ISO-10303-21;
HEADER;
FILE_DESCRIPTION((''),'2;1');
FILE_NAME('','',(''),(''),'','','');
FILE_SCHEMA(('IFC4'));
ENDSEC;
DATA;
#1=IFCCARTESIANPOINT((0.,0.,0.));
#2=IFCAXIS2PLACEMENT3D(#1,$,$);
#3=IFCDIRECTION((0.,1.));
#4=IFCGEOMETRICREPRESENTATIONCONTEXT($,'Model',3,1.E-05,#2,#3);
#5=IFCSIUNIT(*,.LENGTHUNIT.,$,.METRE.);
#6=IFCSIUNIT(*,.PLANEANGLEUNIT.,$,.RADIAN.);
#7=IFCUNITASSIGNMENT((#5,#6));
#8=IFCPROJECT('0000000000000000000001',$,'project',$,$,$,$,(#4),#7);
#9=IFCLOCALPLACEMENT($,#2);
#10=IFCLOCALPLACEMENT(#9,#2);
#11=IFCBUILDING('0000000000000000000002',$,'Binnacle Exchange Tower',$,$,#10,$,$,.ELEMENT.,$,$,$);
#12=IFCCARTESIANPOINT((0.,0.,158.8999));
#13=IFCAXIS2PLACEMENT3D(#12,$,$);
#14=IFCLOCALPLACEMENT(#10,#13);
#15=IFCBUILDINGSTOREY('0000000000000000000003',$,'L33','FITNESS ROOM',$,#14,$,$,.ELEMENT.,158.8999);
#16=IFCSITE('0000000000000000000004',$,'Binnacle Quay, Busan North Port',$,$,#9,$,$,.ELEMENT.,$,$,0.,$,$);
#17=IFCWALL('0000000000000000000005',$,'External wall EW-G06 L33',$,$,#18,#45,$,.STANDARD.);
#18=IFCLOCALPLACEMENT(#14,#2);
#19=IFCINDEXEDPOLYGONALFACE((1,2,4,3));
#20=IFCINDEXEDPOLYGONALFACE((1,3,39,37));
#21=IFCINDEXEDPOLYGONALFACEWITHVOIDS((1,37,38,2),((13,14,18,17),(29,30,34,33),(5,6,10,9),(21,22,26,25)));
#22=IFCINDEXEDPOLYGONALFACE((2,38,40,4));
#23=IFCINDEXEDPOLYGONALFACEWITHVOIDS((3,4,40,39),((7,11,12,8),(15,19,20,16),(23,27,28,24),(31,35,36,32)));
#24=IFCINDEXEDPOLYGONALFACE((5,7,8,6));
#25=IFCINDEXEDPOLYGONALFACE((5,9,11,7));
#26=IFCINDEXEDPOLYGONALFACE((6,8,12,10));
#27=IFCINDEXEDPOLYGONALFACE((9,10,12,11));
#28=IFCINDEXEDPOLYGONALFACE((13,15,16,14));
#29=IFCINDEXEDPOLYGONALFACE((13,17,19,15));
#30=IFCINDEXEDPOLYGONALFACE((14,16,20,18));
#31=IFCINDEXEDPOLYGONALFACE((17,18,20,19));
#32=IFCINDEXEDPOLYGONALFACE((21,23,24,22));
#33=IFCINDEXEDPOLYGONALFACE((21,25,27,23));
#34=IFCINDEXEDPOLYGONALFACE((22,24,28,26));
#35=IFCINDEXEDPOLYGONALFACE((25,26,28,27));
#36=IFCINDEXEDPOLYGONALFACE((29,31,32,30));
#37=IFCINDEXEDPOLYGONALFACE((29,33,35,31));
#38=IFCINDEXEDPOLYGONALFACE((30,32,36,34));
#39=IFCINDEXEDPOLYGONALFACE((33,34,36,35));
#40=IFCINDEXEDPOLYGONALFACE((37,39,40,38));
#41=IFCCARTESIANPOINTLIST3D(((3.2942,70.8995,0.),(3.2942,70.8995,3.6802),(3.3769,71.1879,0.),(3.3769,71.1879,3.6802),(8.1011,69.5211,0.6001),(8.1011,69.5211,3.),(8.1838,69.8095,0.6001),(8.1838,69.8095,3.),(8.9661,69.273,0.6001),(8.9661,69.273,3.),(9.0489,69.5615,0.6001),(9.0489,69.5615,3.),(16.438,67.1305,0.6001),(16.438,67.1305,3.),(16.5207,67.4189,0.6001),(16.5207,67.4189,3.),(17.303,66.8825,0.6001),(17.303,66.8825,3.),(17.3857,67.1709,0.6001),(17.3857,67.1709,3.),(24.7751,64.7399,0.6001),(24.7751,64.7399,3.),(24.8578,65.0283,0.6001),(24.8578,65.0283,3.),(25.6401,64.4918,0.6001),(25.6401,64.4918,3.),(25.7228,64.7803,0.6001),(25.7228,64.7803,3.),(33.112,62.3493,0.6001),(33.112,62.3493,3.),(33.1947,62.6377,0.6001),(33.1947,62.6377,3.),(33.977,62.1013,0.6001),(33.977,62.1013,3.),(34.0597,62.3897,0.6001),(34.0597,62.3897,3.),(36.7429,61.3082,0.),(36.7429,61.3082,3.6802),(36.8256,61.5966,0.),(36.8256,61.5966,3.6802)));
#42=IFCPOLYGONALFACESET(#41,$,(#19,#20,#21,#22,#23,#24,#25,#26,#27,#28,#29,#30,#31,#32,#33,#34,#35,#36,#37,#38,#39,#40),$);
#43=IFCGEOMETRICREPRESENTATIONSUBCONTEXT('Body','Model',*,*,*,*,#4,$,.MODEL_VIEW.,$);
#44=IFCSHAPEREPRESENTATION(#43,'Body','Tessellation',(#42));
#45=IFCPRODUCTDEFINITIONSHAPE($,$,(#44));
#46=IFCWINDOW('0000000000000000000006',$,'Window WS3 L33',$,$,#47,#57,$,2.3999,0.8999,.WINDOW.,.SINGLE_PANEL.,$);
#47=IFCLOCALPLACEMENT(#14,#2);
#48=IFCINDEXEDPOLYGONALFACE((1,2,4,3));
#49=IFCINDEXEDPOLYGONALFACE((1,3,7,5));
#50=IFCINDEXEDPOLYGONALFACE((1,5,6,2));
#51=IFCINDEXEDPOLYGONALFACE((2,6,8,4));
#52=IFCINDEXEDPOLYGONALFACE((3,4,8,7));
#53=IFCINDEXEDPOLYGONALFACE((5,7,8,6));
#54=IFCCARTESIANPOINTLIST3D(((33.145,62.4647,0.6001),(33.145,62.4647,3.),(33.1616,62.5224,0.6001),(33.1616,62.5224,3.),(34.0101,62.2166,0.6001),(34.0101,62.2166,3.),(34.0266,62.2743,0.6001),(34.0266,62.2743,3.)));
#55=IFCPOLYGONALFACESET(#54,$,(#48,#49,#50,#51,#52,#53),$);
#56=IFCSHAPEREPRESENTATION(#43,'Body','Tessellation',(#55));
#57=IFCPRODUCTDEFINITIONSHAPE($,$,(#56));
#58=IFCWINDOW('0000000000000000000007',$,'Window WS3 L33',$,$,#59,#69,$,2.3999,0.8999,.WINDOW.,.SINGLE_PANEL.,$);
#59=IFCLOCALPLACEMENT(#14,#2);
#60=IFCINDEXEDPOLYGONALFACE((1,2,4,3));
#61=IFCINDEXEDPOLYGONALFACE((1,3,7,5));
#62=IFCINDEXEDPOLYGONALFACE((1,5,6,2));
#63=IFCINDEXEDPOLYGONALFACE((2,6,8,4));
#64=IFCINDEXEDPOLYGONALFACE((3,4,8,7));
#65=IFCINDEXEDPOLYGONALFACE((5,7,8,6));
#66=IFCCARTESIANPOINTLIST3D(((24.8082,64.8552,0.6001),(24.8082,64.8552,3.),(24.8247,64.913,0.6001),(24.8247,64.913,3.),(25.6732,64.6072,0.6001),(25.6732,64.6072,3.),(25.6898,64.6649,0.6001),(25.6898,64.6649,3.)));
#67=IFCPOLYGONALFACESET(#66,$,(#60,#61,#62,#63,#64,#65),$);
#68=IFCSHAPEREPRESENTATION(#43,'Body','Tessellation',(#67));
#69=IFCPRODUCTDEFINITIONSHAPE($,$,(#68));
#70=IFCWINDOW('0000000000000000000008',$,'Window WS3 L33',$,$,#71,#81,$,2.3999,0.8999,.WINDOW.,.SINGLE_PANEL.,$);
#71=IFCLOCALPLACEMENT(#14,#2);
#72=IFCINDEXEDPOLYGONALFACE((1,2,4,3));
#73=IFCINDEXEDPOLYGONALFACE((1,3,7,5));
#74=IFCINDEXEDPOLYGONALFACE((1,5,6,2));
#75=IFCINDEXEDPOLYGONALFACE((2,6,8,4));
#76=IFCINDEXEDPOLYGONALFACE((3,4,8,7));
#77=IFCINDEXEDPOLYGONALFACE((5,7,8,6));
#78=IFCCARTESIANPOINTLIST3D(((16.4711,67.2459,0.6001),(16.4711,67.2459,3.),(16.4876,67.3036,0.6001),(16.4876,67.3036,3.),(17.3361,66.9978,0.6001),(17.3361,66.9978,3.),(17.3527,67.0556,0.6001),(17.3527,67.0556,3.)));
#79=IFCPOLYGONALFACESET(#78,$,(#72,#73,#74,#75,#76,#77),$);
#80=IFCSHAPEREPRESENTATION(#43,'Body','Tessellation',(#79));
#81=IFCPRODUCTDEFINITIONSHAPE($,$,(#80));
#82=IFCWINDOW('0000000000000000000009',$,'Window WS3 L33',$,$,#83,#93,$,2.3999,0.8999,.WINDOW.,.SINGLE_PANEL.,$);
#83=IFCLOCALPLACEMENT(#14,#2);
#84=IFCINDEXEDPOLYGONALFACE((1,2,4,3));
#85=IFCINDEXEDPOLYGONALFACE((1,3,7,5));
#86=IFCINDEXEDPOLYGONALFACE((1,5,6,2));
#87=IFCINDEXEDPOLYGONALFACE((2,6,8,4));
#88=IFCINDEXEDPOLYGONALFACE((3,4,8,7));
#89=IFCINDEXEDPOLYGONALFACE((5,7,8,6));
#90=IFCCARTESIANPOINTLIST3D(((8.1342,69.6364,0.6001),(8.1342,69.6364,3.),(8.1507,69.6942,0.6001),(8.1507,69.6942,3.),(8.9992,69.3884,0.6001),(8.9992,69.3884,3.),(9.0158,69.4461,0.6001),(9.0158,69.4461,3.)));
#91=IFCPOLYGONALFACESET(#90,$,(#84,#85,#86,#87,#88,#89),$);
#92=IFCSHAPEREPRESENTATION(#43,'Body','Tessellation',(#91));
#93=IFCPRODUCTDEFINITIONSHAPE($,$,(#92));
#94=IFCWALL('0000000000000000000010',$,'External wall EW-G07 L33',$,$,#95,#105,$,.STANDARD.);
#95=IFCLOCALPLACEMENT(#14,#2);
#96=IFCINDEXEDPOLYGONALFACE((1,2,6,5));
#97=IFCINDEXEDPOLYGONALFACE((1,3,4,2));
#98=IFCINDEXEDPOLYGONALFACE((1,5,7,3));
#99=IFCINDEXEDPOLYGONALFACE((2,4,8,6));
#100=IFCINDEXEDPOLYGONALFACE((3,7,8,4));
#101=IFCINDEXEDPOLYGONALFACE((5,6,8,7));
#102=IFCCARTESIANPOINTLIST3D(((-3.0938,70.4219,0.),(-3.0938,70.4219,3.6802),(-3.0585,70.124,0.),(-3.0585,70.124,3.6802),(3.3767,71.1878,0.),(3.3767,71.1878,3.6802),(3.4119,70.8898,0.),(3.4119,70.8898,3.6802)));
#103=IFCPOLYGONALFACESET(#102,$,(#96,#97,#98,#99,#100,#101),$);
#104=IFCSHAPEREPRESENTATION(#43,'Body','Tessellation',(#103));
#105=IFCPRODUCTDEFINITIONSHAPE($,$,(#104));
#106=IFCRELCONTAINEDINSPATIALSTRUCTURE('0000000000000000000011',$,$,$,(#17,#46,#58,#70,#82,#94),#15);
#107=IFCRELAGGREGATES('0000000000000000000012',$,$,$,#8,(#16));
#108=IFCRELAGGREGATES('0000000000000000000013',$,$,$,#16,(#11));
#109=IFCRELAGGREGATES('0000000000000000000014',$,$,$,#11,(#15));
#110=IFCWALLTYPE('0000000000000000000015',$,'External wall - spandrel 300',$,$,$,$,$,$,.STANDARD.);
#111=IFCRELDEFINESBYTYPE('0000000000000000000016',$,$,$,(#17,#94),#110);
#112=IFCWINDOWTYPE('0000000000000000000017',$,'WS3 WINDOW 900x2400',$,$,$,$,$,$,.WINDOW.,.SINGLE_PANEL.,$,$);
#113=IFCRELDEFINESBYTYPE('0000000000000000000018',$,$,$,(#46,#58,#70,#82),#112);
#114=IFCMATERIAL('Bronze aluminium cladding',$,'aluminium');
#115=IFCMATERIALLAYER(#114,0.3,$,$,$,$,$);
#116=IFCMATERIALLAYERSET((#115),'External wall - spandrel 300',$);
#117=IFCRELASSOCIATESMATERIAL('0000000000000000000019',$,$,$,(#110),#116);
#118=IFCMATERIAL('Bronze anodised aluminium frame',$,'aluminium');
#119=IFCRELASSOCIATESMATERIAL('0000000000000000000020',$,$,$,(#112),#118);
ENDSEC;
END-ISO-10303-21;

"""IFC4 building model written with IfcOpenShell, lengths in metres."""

from ifc_helpers import new_model, si_unit, direction, frame, frame_2d, origin, place, context, subcontext, project, spatial, rectangle, extrude, material, layer, layer_set, type_object, element, fill, save


model = new_model("IFC4")

# Units and contexts
model_context = context("Model", 3, precision=1e-05, world=origin(), true_north=direction((0.0, 1.0)))
body_context = subcontext(model_context, "Body", "Model", "MODEL_VIEW")
ifc_project = project(units=[si_unit("LENGTHUNIT", "METRE"), si_unit("PLANEANGLEUNIT", "RADIAN")], contexts=[model_context])

# Site, building, storey
site_placement = place(None, origin())
site = spatial("IfcSite", under=ifc_project, at=site_placement, Name="Binnacle Quay, Busan North Port", CompositionType="ELEMENT", RefElevation=0.0)
building_placement = place(site_placement, origin())
building = spatial("IfcBuilding", under=site, at=building_placement, Name="Binnacle Exchange Tower", CompositionType="ELEMENT")
storey_placement = place(building_placement, frame((0.0, 0.0, 158.8999)))
storey = spatial("IfcBuildingStorey", under=building, at=storey_placement, Name="L33", Description="FITNESS ROOM", CompositionType="ELEMENT", Elevation=158.8999)

# Wall, openings, windows
ifc_material_1 = material(Name="Bronze aluminium cladding", Category="aluminium")
ifc_layer = layer(ifc_material_1, 0.3)
ifc_layer_set = layer_set([ifc_layer], Name="External wall - spandrel 300")
wall_type = type_object("IfcWallType", Name="External wall - spandrel 300", PredefinedType="STANDARD", material=ifc_layer_set)
wall_1_placement = place(storey_placement, frame((3.3354, 71.0437, 0.0), z_axis=(0.0, 0.0, 1.0), x_axis=(0.961261, -0.275638, 0.0)))
wall_1 = element("IfcWall", 1, at=wall_1_placement, inside=storey, type_object=wall_type, Name="External wall EW-G06 L33", PredefinedType="STANDARD", context=body_context, shape_type="SweptSolid", body=[
    extrude(rectangle(XDim=34.7966, YDim=0.3, at=frame_2d((17.3984, 0.0))), origin(), (0.0, 0.0, 1.0), 3.6802),
])
opening_1_placement = place(wall_1_placement, frame((31.0195, 0.0, 0.6001)))
opening_1 = element("IfcOpeningElement", 2, at=opening_1_placement, cuts=wall_1, PredefinedType="OPENING", context=body_context, shape_type="SweptSolid", body=[
    extrude(rectangle(XDim=0.8999, YDim=2.3999, at=frame_2d((0.45, 1.2))), frame((0.0, 0.1599, 0.0), z_axis=(0.0, -1.0, 0.0), x_axis=(1.0, 0.0, 0.0)), (0.0, 0.0, 1.0), 0.3201),
])
opening_2_placement = place(wall_1_placement, frame((22.3467, 0.0, 0.6001)))
opening_2 = element("IfcOpeningElement", 3, at=opening_2_placement, cuts=wall_1, PredefinedType="OPENING", context=body_context, shape_type="SweptSolid", body=[
    extrude(rectangle(XDim=0.8999, YDim=2.3999, at=frame_2d((0.45, 1.2))), frame((0.0, 0.1599, 0.0), z_axis=(0.0, -1.0, 0.0), x_axis=(1.0, 0.0, 0.0)), (0.0, 0.0, 1.0), 0.3201),
])
opening_3_placement = place(wall_1_placement, frame((13.6736, 0.0, 0.6001)))
opening_3 = element("IfcOpeningElement", 4, at=opening_3_placement, cuts=wall_1, PredefinedType="OPENING", context=body_context, shape_type="SweptSolid", body=[
    extrude(rectangle(XDim=0.8999, YDim=2.3999, at=frame_2d((0.45, 1.2))), frame((0.0, 0.1599, 0.0), z_axis=(0.0, -1.0, 0.0), x_axis=(1.0, 0.0, 0.0)), (0.0, 0.0, 1.0), 0.3201),
])
opening_4_placement = place(wall_1_placement, frame((5.0007, 0.0, 0.6001)))
opening_4 = element("IfcOpeningElement", 5, at=opening_4_placement, cuts=wall_1, PredefinedType="OPENING", context=body_context, shape_type="SweptSolid", body=[
    extrude(rectangle(XDim=0.8999, YDim=2.3999, at=frame_2d((0.45, 1.2))), frame((0.0, 0.1599, 0.0), z_axis=(0.0, -1.0, 0.0), x_axis=(1.0, 0.0, 0.0)), (0.0, 0.0, 1.0), 0.3201),
])
ifc_material_2 = material(Name="Bronze anodised aluminium frame", Category="aluminium")
window_type = type_object("IfcWindowType", Name="WS3 WINDOW 900x2400", PartitioningType="SINGLE_PANEL", PredefinedType="WINDOW", material=ifc_material_2)
window_1_placement = place(opening_1_placement, origin())
window_1 = element("IfcWindow", 6, at=window_1_placement, inside=storey, type_object=window_type, Name="Window WS3 L33", OverallHeight=2.3999, OverallWidth=0.8999, PartitioningType="SINGLE_PANEL", PredefinedType="WINDOW", context=body_context, shape_type="SweptSolid", body=[
    extrude(rectangle(XDim=0.8999, YDim=2.3999, at=frame_2d((0.45, 1.2))), frame((0.0, 0.03, 0.0), z_axis=(0.0, -1.0, 0.0), x_axis=(1.0, 0.0, 0.0)), (0.0, 0.0, 1.0), 0.0601),
])
fill(opening_1, window_1)
window_2_placement = place(opening_2_placement, origin())
window_2 = element("IfcWindow", 7, at=window_2_placement, inside=storey, type_object=window_type, Name="Window WS3 L33", OverallHeight=2.3999, OverallWidth=0.8999, PartitioningType="SINGLE_PANEL", PredefinedType="WINDOW", context=body_context, shape_type="SweptSolid", body=[
    extrude(rectangle(XDim=0.8999, YDim=2.3999, at=frame_2d((0.45, 1.2))), frame((0.0, 0.03, 0.0), z_axis=(0.0, -1.0, 0.0), x_axis=(1.0, 0.0, 0.0)), (0.0, 0.0, 1.0), 0.0601),
])
fill(opening_2, window_2)
window_3_placement = place(opening_3_placement, origin())
window_3 = element("IfcWindow", 8, at=window_3_placement, inside=storey, type_object=window_type, Name="Window WS3 L33", OverallHeight=2.3999, OverallWidth=0.8999, PartitioningType="SINGLE_PANEL", PredefinedType="WINDOW", context=body_context, shape_type="SweptSolid", body=[
    extrude(rectangle(XDim=0.8999, YDim=2.3999, at=frame_2d((0.45, 1.2))), frame((0.0, 0.03, 0.0), z_axis=(0.0, -1.0, 0.0), x_axis=(1.0, 0.0, 0.0)), (0.0, 0.0, 1.0), 0.0601),
])
fill(opening_3, window_3)
window_4_placement = place(opening_4_placement, origin())
window_4 = element("IfcWindow", 9, at=window_4_placement, inside=storey, type_object=window_type, Name="Window WS3 L33", OverallHeight=2.3999, OverallWidth=0.8999, PartitioningType="SINGLE_PANEL", PredefinedType="WINDOW", context=body_context, shape_type="SweptSolid", body=[
    extrude(rectangle(XDim=0.8999, YDim=2.3999, at=frame_2d((0.45, 1.2))), frame((0.0, 0.03, 0.0), z_axis=(0.0, -1.0, 0.0), x_axis=(1.0, 0.0, 0.0)), (0.0, 0.0, 1.0), 0.0601),
])
fill(opening_4, window_4)

# Wall
wall_2_placement = place(storey_placement, frame((-3.0762, 70.2729, 0.0), z_axis=(0.0, 0.0, 1.0), x_axis=(0.993068, 0.117543, 0.0)))
element("IfcWall", 10, at=wall_2_placement, inside=storey, type_object=wall_type, Name="External wall EW-G07 L33", PredefinedType="STANDARD", context=body_context, shape_type="SweptSolid", body=[
    extrude(rectangle(XDim=6.5156, YDim=0.3, at=frame_2d((3.2578, 0.0))), origin(), (0.0, 0.0, 1.0), 3.6802),
])

save(model, "model.ifc")
